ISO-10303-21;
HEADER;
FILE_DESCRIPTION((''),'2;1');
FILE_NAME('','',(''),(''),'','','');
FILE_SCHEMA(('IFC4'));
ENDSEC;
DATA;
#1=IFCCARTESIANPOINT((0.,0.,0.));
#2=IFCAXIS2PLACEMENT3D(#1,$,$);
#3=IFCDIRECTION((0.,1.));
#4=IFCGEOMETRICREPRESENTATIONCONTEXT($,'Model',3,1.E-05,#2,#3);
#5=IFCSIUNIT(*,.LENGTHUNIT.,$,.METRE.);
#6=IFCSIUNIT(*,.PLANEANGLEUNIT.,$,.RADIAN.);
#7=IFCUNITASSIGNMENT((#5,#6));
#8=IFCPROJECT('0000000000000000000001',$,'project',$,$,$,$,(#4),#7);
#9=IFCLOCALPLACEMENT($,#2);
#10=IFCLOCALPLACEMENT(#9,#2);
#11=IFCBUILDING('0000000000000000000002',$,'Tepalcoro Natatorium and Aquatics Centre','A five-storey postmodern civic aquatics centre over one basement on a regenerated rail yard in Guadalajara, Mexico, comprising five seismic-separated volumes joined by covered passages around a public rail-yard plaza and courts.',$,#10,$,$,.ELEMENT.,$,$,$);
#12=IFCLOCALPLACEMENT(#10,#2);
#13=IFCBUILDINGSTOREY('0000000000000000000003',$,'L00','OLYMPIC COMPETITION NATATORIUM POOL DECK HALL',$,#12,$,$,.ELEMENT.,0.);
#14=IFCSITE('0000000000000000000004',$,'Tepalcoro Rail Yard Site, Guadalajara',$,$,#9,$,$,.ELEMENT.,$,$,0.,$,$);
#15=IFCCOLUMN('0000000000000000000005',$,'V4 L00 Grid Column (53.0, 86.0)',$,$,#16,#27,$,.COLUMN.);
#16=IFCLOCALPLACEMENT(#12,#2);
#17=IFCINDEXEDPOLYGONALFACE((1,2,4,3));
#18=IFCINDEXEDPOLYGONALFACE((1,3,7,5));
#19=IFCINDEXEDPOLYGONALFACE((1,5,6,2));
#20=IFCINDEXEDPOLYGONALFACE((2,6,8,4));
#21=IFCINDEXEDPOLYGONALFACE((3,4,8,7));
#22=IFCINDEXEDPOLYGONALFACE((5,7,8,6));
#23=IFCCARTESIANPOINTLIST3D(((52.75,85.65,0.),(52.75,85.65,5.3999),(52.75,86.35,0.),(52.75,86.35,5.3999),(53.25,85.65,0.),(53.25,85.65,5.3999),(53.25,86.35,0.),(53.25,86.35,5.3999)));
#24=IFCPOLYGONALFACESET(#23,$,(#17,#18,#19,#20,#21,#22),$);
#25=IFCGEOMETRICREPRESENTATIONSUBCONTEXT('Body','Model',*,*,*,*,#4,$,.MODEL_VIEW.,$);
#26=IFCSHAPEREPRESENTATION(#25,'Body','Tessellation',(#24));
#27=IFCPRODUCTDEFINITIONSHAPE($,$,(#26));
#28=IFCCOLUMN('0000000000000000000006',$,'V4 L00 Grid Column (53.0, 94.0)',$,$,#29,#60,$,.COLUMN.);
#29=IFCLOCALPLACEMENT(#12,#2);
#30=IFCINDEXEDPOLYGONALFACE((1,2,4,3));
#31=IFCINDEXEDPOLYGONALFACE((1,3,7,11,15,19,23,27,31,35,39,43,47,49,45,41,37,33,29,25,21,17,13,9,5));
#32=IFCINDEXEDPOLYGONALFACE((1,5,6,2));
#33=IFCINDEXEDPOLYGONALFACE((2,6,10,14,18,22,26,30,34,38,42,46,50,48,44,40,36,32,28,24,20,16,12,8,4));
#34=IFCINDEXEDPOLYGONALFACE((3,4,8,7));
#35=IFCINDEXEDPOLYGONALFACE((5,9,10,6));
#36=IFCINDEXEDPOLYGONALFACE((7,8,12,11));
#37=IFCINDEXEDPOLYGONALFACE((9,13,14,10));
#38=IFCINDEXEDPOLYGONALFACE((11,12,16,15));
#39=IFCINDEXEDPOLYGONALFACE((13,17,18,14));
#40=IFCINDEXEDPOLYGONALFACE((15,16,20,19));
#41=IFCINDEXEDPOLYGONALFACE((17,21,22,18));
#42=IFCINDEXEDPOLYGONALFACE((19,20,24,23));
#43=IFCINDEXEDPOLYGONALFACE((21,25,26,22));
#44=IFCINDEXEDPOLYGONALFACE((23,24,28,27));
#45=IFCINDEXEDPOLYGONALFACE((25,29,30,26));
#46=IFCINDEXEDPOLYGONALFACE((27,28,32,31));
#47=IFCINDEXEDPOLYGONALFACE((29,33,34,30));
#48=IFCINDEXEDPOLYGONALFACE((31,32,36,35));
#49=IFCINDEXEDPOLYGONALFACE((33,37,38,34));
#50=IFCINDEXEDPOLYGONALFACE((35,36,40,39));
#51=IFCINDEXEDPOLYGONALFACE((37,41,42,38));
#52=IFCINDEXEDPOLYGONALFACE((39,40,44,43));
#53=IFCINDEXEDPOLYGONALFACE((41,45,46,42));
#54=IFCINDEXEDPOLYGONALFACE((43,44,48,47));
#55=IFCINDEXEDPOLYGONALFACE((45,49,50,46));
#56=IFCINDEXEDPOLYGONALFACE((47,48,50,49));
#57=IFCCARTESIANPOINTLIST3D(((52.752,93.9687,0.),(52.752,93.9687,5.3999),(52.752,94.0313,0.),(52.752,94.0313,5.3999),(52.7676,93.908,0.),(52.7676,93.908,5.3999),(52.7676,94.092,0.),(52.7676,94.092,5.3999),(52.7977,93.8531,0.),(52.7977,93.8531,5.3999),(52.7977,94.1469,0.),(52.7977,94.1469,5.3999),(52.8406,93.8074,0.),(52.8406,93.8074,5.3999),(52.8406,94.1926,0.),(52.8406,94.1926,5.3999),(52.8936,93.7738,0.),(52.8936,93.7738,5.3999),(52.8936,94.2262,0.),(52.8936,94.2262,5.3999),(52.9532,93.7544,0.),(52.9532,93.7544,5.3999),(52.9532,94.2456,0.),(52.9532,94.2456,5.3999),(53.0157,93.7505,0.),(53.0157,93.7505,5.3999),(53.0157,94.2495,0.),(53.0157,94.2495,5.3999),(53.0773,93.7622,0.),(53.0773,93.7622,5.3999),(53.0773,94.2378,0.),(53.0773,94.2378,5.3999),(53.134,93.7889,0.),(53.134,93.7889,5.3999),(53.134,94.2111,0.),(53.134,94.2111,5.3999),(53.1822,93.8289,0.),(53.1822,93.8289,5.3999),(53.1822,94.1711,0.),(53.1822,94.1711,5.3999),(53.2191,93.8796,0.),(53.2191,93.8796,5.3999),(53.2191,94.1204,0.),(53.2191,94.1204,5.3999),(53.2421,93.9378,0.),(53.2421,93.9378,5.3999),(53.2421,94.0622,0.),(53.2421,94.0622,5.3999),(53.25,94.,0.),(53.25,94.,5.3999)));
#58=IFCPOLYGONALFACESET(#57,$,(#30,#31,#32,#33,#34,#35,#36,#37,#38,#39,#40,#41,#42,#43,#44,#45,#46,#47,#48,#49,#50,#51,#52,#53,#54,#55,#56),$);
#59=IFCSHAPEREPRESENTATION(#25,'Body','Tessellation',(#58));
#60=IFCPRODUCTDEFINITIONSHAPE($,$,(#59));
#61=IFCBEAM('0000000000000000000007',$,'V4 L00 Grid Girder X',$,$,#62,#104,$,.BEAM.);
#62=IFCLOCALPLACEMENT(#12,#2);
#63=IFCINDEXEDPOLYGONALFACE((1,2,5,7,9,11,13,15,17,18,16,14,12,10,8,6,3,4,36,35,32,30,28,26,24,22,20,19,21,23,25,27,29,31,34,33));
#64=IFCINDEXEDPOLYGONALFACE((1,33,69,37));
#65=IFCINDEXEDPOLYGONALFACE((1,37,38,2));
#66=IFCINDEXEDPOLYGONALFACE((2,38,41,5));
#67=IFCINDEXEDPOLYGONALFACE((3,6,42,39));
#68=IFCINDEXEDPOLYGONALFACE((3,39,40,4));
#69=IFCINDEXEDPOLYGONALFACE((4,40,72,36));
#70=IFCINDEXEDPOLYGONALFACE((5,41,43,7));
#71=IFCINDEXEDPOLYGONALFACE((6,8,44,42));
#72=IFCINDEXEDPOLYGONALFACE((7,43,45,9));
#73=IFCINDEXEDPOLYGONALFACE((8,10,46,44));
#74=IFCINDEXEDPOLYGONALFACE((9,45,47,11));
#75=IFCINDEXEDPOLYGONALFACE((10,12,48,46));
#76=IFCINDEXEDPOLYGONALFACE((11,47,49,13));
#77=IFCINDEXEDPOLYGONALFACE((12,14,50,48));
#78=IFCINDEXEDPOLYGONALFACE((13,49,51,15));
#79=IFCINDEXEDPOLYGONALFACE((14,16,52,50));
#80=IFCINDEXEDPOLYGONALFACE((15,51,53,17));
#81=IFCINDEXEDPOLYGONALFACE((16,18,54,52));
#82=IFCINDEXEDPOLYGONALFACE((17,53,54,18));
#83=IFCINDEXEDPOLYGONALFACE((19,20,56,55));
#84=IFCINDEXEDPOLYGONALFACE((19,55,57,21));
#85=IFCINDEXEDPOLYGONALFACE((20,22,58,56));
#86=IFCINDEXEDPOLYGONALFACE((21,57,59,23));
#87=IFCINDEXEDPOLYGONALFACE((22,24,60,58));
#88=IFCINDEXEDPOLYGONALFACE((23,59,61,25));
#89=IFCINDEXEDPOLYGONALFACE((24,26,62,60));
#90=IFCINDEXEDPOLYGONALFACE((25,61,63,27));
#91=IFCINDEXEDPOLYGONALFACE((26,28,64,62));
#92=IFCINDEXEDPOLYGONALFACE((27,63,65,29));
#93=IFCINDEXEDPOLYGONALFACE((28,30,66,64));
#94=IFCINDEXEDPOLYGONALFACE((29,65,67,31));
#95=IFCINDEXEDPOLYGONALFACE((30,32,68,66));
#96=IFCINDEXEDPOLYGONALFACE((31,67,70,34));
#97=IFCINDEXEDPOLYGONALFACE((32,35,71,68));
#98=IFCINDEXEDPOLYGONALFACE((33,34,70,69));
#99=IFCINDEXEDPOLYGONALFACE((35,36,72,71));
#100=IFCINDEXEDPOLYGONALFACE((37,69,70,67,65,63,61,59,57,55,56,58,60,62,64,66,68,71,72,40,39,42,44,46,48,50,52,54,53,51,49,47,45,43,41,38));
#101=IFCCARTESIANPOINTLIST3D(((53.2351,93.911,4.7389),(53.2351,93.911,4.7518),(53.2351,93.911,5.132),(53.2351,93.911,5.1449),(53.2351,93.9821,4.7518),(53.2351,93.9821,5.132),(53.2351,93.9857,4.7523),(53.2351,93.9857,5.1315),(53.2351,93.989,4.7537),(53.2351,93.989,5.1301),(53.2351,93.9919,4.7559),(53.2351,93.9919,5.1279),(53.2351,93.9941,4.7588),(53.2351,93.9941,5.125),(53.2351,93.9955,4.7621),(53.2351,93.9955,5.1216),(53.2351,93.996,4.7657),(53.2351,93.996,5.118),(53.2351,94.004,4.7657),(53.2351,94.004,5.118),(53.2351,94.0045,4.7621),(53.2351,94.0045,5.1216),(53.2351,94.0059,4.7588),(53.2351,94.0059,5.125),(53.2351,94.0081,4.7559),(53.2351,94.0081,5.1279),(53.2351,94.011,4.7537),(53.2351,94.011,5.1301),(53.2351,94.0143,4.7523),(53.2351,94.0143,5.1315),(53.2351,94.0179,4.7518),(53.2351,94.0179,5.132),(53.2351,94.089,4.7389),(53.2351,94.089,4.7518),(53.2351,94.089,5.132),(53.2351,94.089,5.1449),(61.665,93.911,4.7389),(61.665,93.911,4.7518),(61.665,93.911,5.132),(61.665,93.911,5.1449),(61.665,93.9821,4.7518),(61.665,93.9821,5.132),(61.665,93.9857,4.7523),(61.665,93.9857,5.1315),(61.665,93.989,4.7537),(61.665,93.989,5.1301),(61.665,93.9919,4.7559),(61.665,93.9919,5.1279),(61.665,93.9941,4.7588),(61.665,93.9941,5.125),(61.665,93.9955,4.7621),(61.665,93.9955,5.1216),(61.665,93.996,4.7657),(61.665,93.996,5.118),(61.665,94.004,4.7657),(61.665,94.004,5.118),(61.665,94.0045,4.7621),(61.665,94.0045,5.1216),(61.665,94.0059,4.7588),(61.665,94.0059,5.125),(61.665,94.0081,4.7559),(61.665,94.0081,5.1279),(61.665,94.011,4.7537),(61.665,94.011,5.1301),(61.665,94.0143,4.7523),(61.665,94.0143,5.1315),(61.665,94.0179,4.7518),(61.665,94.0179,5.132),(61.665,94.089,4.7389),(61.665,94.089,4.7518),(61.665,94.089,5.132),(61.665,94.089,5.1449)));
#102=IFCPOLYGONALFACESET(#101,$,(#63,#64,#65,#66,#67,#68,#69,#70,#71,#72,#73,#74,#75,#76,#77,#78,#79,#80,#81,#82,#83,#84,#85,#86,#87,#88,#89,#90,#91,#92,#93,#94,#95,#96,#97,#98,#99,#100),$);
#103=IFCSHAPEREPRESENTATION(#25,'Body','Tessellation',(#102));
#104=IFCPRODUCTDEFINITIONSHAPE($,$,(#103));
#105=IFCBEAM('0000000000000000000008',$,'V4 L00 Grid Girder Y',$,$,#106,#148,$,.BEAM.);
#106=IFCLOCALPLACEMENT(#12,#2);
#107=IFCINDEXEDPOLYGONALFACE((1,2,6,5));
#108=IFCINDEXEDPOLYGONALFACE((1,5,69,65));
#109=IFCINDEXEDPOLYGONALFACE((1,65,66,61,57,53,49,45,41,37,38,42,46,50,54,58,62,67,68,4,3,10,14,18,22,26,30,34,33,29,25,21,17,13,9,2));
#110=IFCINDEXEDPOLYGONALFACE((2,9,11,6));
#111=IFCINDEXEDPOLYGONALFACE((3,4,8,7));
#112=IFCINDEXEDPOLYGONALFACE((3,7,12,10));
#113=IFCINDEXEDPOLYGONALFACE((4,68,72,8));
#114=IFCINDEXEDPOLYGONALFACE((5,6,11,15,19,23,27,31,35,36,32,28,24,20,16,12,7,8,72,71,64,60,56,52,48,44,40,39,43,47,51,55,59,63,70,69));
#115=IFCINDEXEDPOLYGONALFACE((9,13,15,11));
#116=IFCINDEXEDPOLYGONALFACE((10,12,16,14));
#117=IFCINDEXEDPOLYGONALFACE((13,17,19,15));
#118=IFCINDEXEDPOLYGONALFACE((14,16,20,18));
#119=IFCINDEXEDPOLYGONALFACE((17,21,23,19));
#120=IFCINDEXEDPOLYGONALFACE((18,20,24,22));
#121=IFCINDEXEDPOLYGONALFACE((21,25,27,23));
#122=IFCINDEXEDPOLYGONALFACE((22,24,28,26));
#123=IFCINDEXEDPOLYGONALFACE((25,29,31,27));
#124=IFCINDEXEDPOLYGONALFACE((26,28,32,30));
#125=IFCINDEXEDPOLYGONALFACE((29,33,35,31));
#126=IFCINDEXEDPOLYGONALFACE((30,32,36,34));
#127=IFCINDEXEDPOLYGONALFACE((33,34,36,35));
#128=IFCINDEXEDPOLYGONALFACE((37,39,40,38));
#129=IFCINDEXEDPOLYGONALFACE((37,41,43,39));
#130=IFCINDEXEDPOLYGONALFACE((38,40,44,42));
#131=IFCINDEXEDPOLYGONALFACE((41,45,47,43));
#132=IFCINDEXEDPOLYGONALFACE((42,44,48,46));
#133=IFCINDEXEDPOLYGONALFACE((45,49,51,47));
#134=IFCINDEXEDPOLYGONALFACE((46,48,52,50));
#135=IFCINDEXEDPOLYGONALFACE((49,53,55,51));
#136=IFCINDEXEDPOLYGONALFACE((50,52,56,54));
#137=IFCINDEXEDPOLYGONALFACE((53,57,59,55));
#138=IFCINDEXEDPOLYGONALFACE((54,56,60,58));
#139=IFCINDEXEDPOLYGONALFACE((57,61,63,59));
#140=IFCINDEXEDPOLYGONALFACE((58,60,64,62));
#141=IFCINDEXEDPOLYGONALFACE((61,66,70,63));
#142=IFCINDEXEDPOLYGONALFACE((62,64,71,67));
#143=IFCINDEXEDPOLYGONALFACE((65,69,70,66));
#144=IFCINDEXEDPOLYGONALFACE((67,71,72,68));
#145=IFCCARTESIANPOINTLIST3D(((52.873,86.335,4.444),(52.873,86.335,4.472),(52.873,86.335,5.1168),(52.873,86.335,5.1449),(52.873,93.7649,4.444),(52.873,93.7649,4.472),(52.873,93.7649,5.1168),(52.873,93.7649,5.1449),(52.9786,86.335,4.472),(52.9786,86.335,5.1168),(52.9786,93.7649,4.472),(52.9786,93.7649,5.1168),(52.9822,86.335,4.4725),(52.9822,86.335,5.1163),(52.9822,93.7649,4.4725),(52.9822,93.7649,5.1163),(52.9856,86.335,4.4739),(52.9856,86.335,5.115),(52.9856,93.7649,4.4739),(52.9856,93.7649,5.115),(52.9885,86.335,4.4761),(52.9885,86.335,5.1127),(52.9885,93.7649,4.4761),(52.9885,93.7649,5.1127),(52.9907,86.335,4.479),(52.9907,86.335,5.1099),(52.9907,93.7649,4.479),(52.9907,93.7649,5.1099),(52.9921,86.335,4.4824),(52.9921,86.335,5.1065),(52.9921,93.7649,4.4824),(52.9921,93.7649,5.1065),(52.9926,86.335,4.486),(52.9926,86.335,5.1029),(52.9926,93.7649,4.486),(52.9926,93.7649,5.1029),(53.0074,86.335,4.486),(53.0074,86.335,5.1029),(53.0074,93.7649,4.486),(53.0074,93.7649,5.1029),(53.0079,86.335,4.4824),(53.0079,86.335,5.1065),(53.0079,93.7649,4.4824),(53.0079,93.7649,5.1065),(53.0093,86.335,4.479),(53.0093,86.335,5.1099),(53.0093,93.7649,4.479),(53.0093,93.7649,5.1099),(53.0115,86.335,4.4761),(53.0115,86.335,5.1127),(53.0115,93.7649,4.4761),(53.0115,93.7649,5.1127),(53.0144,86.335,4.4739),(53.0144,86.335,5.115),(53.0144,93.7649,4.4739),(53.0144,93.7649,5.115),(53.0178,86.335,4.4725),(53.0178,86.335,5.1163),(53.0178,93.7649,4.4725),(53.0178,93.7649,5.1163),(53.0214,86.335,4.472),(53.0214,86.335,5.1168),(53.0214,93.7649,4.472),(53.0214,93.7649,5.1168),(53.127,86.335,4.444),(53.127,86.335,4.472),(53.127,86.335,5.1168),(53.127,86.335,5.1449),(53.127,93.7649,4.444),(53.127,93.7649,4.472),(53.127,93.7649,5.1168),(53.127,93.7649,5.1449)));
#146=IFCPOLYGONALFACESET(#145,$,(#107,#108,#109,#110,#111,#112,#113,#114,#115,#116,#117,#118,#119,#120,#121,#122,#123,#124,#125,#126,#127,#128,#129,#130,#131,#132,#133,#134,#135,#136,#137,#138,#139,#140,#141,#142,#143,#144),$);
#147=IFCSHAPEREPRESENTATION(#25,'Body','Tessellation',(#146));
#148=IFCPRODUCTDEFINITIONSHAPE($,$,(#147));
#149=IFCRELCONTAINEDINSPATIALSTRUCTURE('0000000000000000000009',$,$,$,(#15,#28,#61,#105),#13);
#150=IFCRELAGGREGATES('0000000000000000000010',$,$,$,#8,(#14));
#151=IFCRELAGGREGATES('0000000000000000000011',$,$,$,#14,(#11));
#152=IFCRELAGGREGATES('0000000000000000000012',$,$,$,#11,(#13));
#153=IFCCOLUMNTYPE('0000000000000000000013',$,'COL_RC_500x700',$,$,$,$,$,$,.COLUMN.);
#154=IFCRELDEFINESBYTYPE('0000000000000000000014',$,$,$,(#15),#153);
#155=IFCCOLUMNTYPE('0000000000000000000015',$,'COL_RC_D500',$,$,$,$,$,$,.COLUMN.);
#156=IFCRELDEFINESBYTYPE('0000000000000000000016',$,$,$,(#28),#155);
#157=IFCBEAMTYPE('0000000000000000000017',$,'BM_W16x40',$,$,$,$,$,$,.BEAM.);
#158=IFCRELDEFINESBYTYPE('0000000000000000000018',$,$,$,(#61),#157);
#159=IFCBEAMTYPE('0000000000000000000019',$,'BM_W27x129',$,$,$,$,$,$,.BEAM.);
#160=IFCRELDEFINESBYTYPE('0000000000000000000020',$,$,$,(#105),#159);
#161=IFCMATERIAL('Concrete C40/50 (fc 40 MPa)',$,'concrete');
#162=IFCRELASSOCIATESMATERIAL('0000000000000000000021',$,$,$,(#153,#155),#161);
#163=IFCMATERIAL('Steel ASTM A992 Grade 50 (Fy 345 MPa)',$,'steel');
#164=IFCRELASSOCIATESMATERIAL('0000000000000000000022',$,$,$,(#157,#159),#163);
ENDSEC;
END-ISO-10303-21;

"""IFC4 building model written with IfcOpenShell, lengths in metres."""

from ifc_helpers import new_model, si_unit, direction, frame, origin, origin_2d, place, context, subcontext, project, spatial, rectangle, circle, i_section, extrude, material, material_profile, profile_set, type_object, element, save


model = new_model("IFC4")

# Units and contexts
model_context = context("Model", 3, precision=1e-05, world=origin(), true_north=direction((0.0, 1.0)))
body_context = subcontext(model_context, "Body", "Model", "MODEL_VIEW")
ifc_project = project(units=[si_unit("LENGTHUNIT", "METRE"), si_unit("PLANEANGLEUNIT", "RADIAN")], contexts=[model_context])

# Site, building, storey
site_placement = place(None, origin())
site = spatial("IfcSite", under=ifc_project, at=site_placement, Name="Tepalcoro Rail Yard Site, Guadalajara", CompositionType="ELEMENT", RefElevation=0.0)
building_placement = place(site_placement, origin())
building = spatial("IfcBuilding", under=site, at=building_placement, Name="Tepalcoro Natatorium and Aquatics Centre", Description="A five-storey postmodern civic aquatics centre over one basement on a regenerated rail yard in Guadalajara, Mexico, comprising five seismic-separated volumes joined by covered passages around a public rail-yard plaza and courts.", CompositionType="ELEMENT")
storey_placement = place(building_placement, origin())
storey = spatial("IfcBuildingStorey", under=building, at=storey_placement, Name="L00", Description="OLYMPIC COMPETITION NATATORIUM POOL DECK HALL", CompositionType="ELEMENT", Elevation=0.0)

# Columns
ifc_material_1 = material(Name="Concrete C40/50 (fc 40 MPa)", Category="concrete")
ifc_material_profile_1 = material_profile(ifc_material_1, rectangle(XDim=0.5, YDim=0.7, at=origin_2d()), Name="RC500x700")
ifc_profile_set_1 = profile_set([ifc_material_profile_1], Name="Concrete C40/50 (fc 40 MPa)")
column_type_1 = type_object("IfcColumnType", Name="COL_RC_500x700", PredefinedType="COLUMN", material=ifc_profile_set_1)
column_1_placement = place(storey_placement, frame((53.0, 86.0, 0.0), z_axis=(0.0, 0.0, 1.0), x_axis=(1.0, 0.0, 0.0)))
element("IfcColumn", 1, at=column_1_placement, inside=storey, type_object=column_type_1, Name="V4 L00 Grid Column (53.0, 86.0)", PredefinedType="COLUMN", context=body_context, shape_type="SweptSolid", body=[
    extrude(rectangle(XDim=0.5, YDim=0.7, at=origin_2d()), origin(), (0.0, 0.0, 1.0), 5.3999),
])
ifc_material_profile_2 = material_profile(ifc_material_1, circle(Radius=0.25, at=origin_2d()), Name="RCD500")
ifc_profile_set_2 = profile_set([ifc_material_profile_2], Name="Concrete C40/50 (fc 40 MPa)")
column_type_2 = type_object("IfcColumnType", Name="COL_RC_D500", PredefinedType="COLUMN", material=ifc_profile_set_2)
column_2_placement = place(storey_placement, frame((53.0, 94.0, 0.0), z_axis=(0.0, 0.0, 1.0), x_axis=(1.0, 0.0, 0.0)))
element("IfcColumn", 2, at=column_2_placement, inside=storey, type_object=column_type_2, Name="V4 L00 Grid Column (53.0, 94.0)", PredefinedType="COLUMN", context=body_context, shape_type="SweptSolid", body=[
    extrude(circle(Radius=0.25, at=origin_2d()), origin(), (0.0, 0.0, 1.0), 5.3999),
])

# Beams
ifc_material_2 = material(Name="Steel ASTM A992 Grade 50 (Fy 345 MPa)", Category="steel")
ifc_material_profile_3 = material_profile(ifc_material_2, i_section(OverallWidth=0.178, OverallDepth=0.406, WebThickness=0.0081, FlangeThickness=0.0129, FilletRadius=0.0139, at=origin_2d()), Name="W16X40")
ifc_profile_set_3 = profile_set([ifc_material_profile_3], Name="Steel ASTM A992 Grade 50 (Fy 345 MPa)")
beam_type_1 = type_object("IfcBeamType", Name="BM_W16x40", PredefinedType="BEAM", material=ifc_profile_set_3)
beam_1_placement = place(storey_placement, frame((53.2351, 94.0, 4.9419), z_axis=(1.0, 0.0, 0.0), x_axis=(0.0, 1.0, 0.0)))
element("IfcBeam", 3, at=beam_1_placement, inside=storey, type_object=beam_type_1, Name="V4 L00 Grid Girder X", PredefinedType="BEAM", context=body_context, shape_type="SweptSolid", body=[
    extrude(i_section(OverallWidth=0.178, OverallDepth=0.406, WebThickness=0.0081, FlangeThickness=0.0129, FilletRadius=0.0139, at=origin_2d()), origin(), (0.0, 0.0, 1.0), 8.4299),
])
ifc_material_profile_4 = material_profile(ifc_material_2, i_section(OverallWidth=0.2539, OverallDepth=0.7009, WebThickness=0.0149, FlangeThickness=0.0281, FilletRadius=0.0139, at=origin_2d()), Name="W27X129")
ifc_profile_set_4 = profile_set([ifc_material_profile_4], Name="Steel ASTM A992 Grade 50 (Fy 345 MPa)")
beam_type_2 = type_object("IfcBeamType", Name="BM_W27x129", PredefinedType="BEAM", material=ifc_profile_set_4)
beam_2_placement = place(storey_placement, frame((53.0, 86.335, 4.7944), z_axis=(0.0, 1.0, 0.0), x_axis=(-1.0, 0.0, 0.0)))
element("IfcBeam", 4, at=beam_2_placement, inside=storey, type_object=beam_type_2, Name="V4 L00 Grid Girder Y", PredefinedType="BEAM", context=body_context, shape_type="SweptSolid", body=[
    extrude(i_section(OverallWidth=0.2539, OverallDepth=0.7009, WebThickness=0.0149, FlangeThickness=0.0281, FilletRadius=0.0139, at=origin_2d()), origin(), (0.0, 0.0, 1.0), 7.4299),
])

save(model, "model.ifc")
